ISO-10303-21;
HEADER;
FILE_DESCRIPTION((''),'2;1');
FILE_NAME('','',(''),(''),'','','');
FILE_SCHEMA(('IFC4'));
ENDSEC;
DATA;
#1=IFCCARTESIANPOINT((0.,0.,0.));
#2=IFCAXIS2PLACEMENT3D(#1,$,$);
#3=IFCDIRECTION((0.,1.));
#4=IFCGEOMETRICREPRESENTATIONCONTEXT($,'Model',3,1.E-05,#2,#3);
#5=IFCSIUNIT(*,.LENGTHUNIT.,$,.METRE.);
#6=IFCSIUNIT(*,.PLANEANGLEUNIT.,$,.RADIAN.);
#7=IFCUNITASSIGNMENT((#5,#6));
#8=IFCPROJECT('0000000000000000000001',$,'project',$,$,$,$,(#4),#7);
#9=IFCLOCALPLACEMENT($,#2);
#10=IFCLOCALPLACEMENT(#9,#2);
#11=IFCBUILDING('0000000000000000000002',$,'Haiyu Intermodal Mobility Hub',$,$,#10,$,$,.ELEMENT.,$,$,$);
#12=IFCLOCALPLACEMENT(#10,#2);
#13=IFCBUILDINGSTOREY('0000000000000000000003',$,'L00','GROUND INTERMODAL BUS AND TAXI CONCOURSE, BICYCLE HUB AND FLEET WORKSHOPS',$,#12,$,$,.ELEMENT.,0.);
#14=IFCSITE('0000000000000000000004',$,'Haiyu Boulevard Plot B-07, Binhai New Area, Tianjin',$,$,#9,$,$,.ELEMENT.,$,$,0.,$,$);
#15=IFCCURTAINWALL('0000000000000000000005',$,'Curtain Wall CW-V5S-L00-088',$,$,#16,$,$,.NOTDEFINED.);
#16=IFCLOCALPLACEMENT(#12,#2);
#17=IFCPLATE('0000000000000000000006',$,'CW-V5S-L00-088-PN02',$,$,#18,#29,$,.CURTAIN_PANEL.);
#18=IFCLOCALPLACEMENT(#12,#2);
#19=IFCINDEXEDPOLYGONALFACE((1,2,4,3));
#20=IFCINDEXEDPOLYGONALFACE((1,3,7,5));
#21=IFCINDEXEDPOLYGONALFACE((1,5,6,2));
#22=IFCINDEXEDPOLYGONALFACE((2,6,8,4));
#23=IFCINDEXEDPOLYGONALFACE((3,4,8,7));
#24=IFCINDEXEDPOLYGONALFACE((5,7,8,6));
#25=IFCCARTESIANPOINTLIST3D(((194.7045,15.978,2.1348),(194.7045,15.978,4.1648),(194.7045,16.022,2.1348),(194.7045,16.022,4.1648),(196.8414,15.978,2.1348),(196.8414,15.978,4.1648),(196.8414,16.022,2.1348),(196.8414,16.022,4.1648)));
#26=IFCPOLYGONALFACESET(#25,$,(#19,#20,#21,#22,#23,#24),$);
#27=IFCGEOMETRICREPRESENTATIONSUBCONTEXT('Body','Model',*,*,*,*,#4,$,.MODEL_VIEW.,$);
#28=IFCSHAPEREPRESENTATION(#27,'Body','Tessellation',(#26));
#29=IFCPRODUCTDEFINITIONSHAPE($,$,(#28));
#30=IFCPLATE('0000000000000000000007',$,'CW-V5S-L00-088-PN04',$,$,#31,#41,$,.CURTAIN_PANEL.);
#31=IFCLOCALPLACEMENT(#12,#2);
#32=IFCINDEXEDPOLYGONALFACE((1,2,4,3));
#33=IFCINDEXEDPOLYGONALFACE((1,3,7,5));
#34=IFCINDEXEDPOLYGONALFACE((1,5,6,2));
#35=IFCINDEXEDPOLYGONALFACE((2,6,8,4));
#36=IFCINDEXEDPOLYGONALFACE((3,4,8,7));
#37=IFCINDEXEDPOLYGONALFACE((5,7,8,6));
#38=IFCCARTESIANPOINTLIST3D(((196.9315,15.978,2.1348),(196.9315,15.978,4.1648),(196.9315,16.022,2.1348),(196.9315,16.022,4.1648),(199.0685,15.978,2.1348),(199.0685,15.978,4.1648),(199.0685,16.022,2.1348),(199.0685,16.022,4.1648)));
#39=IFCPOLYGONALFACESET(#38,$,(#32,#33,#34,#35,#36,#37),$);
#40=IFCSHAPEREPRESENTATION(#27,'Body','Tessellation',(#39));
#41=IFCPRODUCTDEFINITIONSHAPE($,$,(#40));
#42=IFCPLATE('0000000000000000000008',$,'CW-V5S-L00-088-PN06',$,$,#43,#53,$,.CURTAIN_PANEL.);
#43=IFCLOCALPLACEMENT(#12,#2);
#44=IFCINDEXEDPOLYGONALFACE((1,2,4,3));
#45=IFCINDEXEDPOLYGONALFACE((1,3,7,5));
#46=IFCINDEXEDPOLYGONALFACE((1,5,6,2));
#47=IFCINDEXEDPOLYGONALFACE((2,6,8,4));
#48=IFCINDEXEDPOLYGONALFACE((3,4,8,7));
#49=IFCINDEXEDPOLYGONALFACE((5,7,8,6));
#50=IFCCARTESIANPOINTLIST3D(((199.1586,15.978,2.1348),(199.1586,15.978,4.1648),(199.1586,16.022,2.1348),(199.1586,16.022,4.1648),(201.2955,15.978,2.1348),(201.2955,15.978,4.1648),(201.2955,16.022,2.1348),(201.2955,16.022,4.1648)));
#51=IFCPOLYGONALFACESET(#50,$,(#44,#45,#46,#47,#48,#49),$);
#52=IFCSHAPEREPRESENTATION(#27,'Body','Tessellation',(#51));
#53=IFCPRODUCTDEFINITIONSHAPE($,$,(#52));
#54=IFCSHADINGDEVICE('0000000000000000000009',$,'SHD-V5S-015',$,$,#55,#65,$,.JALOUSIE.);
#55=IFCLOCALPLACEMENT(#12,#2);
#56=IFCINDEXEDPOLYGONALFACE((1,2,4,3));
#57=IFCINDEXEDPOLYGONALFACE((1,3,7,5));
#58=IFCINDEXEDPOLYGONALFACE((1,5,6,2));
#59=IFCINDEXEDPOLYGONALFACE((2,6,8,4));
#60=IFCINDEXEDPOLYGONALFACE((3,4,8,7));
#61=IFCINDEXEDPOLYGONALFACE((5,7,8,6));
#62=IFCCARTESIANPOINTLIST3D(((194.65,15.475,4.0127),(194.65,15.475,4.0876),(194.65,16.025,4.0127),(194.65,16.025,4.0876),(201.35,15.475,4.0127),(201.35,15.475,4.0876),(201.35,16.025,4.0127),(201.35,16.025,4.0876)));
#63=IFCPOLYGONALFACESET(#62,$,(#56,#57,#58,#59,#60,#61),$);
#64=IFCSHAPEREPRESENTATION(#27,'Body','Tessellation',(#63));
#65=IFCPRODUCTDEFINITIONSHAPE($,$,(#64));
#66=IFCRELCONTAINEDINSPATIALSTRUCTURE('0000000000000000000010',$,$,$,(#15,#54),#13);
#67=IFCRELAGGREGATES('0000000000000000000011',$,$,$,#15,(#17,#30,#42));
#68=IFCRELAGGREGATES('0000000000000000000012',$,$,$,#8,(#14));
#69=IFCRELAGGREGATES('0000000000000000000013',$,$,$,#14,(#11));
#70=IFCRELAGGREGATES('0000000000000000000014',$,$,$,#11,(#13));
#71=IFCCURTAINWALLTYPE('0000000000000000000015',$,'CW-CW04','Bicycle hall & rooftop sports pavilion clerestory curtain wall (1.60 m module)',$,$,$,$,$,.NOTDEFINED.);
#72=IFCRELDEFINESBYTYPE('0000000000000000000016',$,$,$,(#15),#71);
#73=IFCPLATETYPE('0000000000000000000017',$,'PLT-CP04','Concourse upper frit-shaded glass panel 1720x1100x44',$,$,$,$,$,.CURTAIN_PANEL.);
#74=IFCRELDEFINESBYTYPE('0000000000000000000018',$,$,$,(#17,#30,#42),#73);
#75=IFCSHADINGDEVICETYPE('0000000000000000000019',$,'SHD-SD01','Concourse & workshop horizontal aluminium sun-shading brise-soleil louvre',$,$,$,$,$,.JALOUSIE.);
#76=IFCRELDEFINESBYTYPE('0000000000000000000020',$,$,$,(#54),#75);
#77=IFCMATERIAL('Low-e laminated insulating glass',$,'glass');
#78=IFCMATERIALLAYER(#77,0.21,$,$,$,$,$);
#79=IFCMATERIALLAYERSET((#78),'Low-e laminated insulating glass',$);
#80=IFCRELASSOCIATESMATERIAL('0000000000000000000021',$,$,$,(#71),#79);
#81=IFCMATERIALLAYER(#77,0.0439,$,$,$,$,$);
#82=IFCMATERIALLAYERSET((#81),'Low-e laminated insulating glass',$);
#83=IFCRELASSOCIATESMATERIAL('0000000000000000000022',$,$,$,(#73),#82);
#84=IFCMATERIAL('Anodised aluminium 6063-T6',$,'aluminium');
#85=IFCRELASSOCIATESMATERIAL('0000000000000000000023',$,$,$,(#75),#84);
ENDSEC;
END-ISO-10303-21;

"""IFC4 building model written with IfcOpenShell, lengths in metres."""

from ifc_helpers import new_model, si_unit, direction, frame, origin, origin_2d, place, context, subcontext, project, spatial, rectangle, extrude, material, layer, layer_set, material_profile, profile_set, type_object, element, aggregate, save


model = new_model("IFC4")

# Units and contexts
model_context = context("Model", 3, precision=1e-05, world=origin(), true_north=direction((0.0, 1.0)))
body_context = subcontext(model_context, "Body", "Model", "MODEL_VIEW")
ifc_project = project(units=[si_unit("LENGTHUNIT", "METRE"), si_unit("PLANEANGLEUNIT", "RADIAN")], contexts=[model_context])

# Site, building, storey
site_placement = place(None, origin())
site = spatial("IfcSite", under=ifc_project, at=site_placement, Name="Haiyu Boulevard Plot B-07, Binhai New Area, Tianjin", CompositionType="ELEMENT", RefElevation=0.0)
building_placement = place(site_placement, origin())
building = spatial("IfcBuilding", under=site, at=building_placement, Name="Haiyu Intermodal Mobility Hub", CompositionType="ELEMENT")
storey_placement = place(building_placement, origin())
storey = spatial("IfcBuildingStorey", under=building, at=storey_placement, Name="L00", Description="GROUND INTERMODAL BUS AND TAXI CONCOURSE, BICYCLE HUB AND FLEET WORKSHOPS", CompositionType="ELEMENT", Elevation=0.0)

# Curtain wall, plates
ifc_material_1 = material(Name="Low-e laminated insulating glass", Category="glass")
ifc_layer_1 = layer(ifc_material_1, 0.21)
ifc_layer_set_1 = layer_set([ifc_layer_1], Name="Low-e laminated insulating glass")
curtain_wall_type = type_object("IfcCurtainWallType", Name="CW-CW04", Description="Bicycle hall & rooftop sports pavilion clerestory curtain wall (1.60 m module)", PredefinedType="NOTDEFINED", material=ifc_layer_set_1)
curtain_wall_placement = place(storey_placement, origin())
curtain_wall = element("IfcCurtainWall", 1, at=curtain_wall_placement, inside=storey, type_object=curtain_wall_type, Name="Curtain Wall CW-V5S-L00-088", PredefinedType="NOTDEFINED")
ifc_material_2 = material(Name="Anodised aluminium 6063-T6", Category="aluminium")
ifc_layer_2 = layer(ifc_material_1, 0.0439)
ifc_layer_set_2 = layer_set([ifc_layer_2], Name="Low-e laminated insulating glass")
plate_type_1 = type_object("IfcPlateType", Name="PLT-CP04", Description="Concourse upper frit-shaded glass panel 1720x1100x44", PredefinedType="CURTAIN_PANEL", material=ifc_layer_set_2)
plate_1_placement = place(storey_placement, frame((195.7729, 16.0, 2.1348), z_axis=(0.0, 0.0, 1.0), x_axis=(1.0, 0.0, 0.0)))
plate_1 = element("IfcPlate", 2, at=plate_1_placement, type_object=plate_type_1, Name="CW-V5S-L00-088-PN02", PredefinedType="CURTAIN_PANEL", context=body_context, shape_type="SweptSolid", body=[
    extrude(rectangle(XDim=2.137, YDim=0.0439, at=origin_2d()), origin(), (0.0, 0.0, 1.0), 2.03),
])
plate_2_placement = place(storey_placement, frame((198.0, 16.0, 2.1348), z_axis=(0.0, 0.0, 1.0), x_axis=(1.0, 0.0, 0.0)))
plate_2 = element("IfcPlate", 3, at=plate_2_placement, type_object=plate_type_1, Name="CW-V5S-L00-088-PN04", PredefinedType="CURTAIN_PANEL", context=body_context, shape_type="SweptSolid", body=[
    extrude(rectangle(XDim=2.137, YDim=0.0439, at=origin_2d()), origin(), (0.0, 0.0, 1.0), 2.03),
])
plate_3_placement = place(storey_placement, frame((200.2271, 16.0, 2.1348), z_axis=(0.0, 0.0, 1.0), x_axis=(1.0, 0.0, 0.0)))
plate_3 = element("IfcPlate", 4, at=plate_3_placement, type_object=plate_type_1, Name="CW-V5S-L00-088-PN06", PredefinedType="CURTAIN_PANEL", context=body_context, shape_type="SweptSolid", body=[
    extrude(rectangle(XDim=2.137, YDim=0.0439, at=origin_2d()), origin(), (0.0, 0.0, 1.0), 2.03),
])
aggregate(curtain_wall, [plate_1, plate_2, plate_3])

# Shading device
ifc_material_profile_1 = material_profile(ifc_material_2, rectangle(XDim=0.0801, YDim=0.45, at=origin_2d()), Name="FIN80x450")
ifc_profile_set_1 = profile_set([ifc_material_profile_1], Name="Anodised aluminium 6063-T6")
shading_device_type = type_object("IfcShadingDeviceType", Name="SHD-SD01", Description="Concourse & workshop horizontal aluminium sun-shading brise-soleil louvre", PredefinedType="JALOUSIE", material=ifc_profile_set_1)
shading_device_placement = place(storey_placement, frame((198.0, 15.75, 4.0127), z_axis=(0.0, 0.0, 1.0), x_axis=(1.0, 0.0, 0.0)))
element("IfcShadingDevice", 5, at=shading_device_placement, inside=storey, type_object=shading_device_type, Name="SHD-V5S-015", PredefinedType="JALOUSIE", context=body_context, shape_type="SweptSolid", body=[
    extrude(rectangle(XDim=6.7, YDim=0.55, at=origin_2d()), origin(), (0.0, 0.0, 1.0), 0.075),
])

save(model, "model.ifc")
